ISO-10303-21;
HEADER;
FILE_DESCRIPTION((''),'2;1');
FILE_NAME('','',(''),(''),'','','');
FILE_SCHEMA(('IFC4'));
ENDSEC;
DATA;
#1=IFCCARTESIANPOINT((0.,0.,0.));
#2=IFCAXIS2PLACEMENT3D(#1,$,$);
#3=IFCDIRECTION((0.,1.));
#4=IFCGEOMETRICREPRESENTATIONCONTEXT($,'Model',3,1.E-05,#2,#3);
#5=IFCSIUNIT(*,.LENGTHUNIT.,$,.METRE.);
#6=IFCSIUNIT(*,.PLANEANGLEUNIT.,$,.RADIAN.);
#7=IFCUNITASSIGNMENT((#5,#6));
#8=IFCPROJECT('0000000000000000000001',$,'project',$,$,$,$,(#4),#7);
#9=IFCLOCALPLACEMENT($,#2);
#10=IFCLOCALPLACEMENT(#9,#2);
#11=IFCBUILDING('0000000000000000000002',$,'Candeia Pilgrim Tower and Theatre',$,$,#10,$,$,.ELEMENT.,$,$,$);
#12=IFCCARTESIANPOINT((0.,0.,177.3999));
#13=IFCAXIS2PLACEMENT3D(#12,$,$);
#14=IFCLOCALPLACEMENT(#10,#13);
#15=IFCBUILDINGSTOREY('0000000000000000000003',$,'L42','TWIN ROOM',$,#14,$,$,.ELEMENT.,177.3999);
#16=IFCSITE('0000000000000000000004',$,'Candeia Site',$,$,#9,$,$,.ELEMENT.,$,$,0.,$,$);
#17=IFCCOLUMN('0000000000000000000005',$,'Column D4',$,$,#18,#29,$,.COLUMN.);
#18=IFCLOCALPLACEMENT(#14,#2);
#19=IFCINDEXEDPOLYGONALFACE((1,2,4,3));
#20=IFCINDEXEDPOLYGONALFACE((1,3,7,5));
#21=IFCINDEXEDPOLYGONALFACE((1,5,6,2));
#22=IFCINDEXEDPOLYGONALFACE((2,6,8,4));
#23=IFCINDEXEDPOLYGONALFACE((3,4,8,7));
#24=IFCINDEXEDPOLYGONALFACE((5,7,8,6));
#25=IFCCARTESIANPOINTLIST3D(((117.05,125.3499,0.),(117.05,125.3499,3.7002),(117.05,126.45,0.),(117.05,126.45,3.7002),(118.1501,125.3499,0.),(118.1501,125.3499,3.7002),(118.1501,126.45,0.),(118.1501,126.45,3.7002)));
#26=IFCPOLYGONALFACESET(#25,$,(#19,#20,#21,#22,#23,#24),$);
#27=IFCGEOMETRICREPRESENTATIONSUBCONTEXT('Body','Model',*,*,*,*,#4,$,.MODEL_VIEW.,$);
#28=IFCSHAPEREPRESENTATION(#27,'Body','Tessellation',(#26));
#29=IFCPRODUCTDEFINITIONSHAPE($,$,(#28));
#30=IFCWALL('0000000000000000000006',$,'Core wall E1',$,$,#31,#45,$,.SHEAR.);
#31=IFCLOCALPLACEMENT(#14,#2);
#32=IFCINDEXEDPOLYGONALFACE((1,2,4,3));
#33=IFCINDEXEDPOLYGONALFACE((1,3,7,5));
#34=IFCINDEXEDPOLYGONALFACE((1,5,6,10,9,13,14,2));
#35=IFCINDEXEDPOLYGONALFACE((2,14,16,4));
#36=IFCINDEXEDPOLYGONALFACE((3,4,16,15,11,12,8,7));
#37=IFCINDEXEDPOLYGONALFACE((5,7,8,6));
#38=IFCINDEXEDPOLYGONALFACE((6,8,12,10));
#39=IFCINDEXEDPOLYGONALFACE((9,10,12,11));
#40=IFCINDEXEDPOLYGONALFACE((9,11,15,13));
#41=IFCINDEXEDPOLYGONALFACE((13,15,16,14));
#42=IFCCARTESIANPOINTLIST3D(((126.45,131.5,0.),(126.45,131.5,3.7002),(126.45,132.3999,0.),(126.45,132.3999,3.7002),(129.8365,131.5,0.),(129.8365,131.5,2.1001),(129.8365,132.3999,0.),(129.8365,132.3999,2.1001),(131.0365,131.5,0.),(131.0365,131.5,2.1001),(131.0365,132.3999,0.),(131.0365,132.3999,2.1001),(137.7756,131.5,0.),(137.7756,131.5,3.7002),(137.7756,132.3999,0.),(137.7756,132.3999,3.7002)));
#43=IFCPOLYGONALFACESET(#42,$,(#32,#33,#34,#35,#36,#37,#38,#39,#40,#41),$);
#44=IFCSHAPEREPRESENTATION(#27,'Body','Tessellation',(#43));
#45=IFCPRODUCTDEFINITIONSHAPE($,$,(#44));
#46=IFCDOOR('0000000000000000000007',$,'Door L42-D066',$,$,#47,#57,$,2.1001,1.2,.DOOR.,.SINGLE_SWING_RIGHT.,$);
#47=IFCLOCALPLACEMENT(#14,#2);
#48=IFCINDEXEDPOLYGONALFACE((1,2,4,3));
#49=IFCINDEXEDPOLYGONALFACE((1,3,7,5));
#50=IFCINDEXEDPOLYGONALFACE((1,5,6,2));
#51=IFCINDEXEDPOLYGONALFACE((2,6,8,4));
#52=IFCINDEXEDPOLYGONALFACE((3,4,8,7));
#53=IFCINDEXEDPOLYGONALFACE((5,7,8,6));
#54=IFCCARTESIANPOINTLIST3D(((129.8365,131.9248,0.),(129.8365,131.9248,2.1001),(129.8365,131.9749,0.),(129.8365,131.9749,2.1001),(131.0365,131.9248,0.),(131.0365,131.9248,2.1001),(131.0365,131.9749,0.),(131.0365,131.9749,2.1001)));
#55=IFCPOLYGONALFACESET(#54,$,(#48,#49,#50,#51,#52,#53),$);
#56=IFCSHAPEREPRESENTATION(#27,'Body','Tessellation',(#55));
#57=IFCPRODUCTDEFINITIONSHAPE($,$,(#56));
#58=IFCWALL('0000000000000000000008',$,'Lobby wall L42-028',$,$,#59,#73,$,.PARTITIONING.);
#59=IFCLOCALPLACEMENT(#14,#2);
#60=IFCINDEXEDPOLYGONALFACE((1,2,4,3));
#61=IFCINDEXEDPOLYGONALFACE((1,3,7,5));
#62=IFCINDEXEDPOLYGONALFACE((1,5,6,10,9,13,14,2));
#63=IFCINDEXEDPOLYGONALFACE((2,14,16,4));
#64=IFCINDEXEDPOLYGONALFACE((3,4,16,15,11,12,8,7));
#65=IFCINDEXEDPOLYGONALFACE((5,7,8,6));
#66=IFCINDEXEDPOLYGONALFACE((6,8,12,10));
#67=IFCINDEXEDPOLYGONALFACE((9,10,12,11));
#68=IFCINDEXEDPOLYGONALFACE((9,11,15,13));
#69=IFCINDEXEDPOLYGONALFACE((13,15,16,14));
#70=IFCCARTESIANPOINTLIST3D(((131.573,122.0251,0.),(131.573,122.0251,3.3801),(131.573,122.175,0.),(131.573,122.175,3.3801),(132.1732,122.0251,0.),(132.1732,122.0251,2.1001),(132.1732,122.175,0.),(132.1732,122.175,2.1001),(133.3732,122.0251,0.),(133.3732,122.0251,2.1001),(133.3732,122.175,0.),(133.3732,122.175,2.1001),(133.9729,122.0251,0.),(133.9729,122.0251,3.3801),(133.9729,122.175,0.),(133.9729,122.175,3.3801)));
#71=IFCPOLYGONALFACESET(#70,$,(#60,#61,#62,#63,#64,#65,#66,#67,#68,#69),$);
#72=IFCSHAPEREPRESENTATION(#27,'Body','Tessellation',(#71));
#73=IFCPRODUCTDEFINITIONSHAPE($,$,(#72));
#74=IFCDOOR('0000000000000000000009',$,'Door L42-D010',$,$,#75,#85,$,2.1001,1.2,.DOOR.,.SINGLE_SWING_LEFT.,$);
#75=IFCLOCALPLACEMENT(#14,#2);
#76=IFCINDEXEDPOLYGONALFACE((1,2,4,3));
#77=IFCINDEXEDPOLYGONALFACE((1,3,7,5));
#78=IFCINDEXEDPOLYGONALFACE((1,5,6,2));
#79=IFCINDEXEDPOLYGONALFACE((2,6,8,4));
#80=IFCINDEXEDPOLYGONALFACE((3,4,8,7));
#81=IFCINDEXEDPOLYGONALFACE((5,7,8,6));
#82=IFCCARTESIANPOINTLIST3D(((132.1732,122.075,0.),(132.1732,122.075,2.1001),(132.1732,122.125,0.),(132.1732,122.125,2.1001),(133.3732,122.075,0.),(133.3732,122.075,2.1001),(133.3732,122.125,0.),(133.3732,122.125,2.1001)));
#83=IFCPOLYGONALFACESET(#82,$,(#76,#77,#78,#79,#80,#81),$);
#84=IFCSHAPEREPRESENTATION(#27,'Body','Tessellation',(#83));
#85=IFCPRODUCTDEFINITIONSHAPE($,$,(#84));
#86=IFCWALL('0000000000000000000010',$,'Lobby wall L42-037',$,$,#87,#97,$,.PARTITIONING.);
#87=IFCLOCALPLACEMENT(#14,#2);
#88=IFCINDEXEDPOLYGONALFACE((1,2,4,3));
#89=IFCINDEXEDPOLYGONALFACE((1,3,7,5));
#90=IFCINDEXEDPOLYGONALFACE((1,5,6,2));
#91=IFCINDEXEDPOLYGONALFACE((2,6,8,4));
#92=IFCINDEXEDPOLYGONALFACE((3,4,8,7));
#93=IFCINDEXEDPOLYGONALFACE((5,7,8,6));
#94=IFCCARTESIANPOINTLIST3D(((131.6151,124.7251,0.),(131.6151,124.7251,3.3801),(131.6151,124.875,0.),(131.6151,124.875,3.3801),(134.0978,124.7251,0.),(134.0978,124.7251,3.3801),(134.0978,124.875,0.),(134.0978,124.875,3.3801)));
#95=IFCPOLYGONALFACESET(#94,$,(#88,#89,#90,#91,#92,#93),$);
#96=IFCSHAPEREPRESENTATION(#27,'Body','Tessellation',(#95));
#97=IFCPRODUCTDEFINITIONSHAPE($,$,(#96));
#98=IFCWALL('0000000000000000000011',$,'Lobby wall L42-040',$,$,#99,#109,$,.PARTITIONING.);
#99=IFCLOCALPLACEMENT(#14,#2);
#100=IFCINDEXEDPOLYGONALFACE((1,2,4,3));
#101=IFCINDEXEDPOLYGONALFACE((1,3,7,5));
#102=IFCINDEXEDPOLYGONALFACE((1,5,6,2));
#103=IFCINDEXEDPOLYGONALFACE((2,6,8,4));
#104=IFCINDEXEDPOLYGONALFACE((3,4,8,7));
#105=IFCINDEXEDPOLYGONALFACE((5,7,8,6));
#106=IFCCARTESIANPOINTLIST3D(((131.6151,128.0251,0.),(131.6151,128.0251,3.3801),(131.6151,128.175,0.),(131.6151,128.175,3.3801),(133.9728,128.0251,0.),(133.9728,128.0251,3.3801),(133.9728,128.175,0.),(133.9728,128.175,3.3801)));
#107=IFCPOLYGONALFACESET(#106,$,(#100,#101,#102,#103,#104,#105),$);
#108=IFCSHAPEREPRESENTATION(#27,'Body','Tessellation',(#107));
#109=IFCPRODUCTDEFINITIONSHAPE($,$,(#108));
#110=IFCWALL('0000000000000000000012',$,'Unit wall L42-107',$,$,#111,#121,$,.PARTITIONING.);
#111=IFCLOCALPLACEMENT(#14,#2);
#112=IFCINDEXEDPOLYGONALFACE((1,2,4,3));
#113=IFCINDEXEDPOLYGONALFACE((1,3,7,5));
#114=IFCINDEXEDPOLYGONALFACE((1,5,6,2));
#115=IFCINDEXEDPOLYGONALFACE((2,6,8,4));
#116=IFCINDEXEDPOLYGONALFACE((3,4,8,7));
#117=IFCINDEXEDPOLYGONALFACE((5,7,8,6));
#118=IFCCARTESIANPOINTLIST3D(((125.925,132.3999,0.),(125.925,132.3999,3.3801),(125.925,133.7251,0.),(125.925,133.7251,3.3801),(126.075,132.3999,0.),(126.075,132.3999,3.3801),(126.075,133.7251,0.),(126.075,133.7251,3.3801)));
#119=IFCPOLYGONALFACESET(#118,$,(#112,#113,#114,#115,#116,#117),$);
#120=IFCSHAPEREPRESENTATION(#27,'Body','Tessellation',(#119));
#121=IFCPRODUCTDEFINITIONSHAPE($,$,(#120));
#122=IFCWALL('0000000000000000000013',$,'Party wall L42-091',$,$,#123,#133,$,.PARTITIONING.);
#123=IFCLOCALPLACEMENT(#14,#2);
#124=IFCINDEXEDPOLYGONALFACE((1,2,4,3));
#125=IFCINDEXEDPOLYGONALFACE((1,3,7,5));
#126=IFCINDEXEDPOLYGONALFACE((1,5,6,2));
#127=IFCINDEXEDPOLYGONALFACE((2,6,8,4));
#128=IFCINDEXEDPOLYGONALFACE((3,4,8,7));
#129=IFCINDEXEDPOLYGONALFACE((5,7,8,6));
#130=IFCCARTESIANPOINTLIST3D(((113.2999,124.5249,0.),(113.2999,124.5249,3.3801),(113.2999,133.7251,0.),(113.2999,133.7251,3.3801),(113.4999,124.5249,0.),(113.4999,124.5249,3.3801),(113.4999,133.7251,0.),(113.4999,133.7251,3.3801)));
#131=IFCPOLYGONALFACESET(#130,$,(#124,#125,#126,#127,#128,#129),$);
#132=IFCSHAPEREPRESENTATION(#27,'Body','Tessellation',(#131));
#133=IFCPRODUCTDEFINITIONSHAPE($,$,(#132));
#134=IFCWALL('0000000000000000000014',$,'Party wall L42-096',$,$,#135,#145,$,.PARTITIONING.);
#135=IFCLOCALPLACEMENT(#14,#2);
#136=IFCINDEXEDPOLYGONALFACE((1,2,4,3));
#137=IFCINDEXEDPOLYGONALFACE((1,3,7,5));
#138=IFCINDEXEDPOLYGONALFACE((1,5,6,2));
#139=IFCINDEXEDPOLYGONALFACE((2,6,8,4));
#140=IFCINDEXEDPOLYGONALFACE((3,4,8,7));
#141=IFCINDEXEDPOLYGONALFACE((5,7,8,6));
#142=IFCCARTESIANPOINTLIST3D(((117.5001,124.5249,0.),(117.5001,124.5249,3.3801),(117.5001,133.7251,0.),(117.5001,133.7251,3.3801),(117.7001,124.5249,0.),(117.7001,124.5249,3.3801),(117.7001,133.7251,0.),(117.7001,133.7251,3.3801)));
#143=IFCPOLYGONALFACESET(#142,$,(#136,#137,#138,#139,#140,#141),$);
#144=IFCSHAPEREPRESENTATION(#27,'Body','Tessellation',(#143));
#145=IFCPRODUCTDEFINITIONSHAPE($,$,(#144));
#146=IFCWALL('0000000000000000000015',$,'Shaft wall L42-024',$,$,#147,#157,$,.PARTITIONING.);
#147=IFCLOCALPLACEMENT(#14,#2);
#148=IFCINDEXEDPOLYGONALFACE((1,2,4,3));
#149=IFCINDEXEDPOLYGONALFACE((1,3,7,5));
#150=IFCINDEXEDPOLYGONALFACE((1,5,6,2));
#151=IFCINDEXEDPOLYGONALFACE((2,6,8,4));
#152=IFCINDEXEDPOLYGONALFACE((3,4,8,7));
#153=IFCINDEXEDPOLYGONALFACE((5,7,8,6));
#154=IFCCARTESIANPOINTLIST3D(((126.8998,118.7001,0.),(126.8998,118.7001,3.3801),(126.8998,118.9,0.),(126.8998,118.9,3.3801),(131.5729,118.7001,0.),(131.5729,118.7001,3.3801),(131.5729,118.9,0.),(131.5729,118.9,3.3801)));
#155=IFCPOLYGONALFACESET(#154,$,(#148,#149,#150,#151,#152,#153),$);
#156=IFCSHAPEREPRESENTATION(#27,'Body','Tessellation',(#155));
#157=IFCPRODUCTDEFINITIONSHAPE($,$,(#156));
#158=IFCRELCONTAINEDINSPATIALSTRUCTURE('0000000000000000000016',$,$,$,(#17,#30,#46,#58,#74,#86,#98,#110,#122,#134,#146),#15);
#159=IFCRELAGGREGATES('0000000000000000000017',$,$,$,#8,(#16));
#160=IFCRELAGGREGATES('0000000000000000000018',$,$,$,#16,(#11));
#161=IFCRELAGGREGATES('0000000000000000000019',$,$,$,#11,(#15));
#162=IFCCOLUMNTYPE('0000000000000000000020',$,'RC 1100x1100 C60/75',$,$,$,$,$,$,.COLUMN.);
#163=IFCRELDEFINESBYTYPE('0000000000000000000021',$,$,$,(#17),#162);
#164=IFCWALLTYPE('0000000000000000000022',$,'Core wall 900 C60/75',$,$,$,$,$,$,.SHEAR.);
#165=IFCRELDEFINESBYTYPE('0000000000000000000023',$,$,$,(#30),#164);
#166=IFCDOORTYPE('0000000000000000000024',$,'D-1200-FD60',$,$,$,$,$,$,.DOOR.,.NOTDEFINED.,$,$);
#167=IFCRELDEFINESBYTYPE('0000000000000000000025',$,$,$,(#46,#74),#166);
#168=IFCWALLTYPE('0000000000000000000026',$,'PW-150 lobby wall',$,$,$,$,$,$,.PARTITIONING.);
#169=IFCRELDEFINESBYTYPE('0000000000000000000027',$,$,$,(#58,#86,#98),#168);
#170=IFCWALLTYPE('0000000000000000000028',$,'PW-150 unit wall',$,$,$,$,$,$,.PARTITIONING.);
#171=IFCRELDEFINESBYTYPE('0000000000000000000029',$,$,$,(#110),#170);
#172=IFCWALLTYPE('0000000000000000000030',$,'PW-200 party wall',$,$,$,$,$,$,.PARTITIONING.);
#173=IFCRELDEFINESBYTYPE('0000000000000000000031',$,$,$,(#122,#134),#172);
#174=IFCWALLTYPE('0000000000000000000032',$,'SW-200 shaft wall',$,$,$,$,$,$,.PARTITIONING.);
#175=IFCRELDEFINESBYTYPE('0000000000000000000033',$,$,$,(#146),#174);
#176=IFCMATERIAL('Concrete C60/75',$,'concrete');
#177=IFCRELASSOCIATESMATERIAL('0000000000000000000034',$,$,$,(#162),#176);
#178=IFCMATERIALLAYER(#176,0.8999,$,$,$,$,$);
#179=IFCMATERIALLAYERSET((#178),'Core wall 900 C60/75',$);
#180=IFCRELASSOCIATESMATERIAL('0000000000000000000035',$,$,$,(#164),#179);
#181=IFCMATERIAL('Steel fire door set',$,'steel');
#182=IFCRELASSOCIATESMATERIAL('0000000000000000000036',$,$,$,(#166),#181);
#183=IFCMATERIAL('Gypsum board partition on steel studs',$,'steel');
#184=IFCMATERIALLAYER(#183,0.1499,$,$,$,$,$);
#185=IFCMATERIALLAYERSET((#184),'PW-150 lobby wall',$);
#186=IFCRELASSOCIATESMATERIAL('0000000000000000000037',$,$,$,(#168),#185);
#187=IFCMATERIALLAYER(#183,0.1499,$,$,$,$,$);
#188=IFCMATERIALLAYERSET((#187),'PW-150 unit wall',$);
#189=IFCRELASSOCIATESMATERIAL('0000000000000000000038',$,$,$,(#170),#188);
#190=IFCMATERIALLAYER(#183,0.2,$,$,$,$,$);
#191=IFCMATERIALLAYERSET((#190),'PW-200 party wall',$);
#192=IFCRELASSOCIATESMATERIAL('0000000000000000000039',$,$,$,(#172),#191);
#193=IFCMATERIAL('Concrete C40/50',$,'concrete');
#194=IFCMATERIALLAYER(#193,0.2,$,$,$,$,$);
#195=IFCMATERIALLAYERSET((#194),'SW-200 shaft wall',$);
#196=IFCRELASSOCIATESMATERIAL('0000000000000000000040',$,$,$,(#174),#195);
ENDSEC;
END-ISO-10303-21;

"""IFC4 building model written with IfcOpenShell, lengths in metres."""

from ifc_helpers import new_model, si_unit, direction, frame, frame_2d, origin, origin_2d, place, context, subcontext, project, spatial, rectangle, extrude, material, layer, layer_set, material_profile, profile_set, type_object, element, fill, save


model = new_model("IFC4")

# Units and contexts
model_context = context("Model", 3, precision=1e-05, world=origin(), true_north=direction((0.0, 1.0)))
body_context = subcontext(model_context, "Body", "Model", "MODEL_VIEW")
ifc_project = project(units=[si_unit("LENGTHUNIT", "METRE"), si_unit("PLANEANGLEUNIT", "RADIAN")], contexts=[model_context])

# Site, building, storey
site_placement = place(None, origin())
site = spatial("IfcSite", under=ifc_project, at=site_placement, Name="Candeia Site", CompositionType="ELEMENT", RefElevation=0.0)
building_placement = place(site_placement, origin())
building = spatial("IfcBuilding", under=site, at=building_placement, Name="Candeia Pilgrim Tower and Theatre", CompositionType="ELEMENT")
storey_placement = place(building_placement, frame((0.0, 0.0, 177.3999)))
storey = spatial("IfcBuildingStorey", under=building, at=storey_placement, Name="L42", Description="TWIN ROOM", CompositionType="ELEMENT", Elevation=177.3999)

# Column
ifc_material_1 = material(Name="Concrete C60/75", Category="concrete")
ifc_material_profile = material_profile(ifc_material_1, rectangle(XDim=1.1001, YDim=1.1001, at=origin_2d()))
ifc_profile_set = profile_set([ifc_material_profile], Name="Concrete C60/75")
column_type = type_object("IfcColumnType", Name="RC 1100x1100 C60/75", PredefinedType="COLUMN", material=ifc_profile_set)
column_placement = place(storey_placement, frame((117.6001, 125.8999, 0.0), z_axis=(0.0, 0.0, 1.0), x_axis=(1.0, 0.0, 0.0)))
element("IfcColumn", 1, at=column_placement, inside=storey, type_object=column_type, Name="Column D4", PredefinedType="COLUMN", context=body_context, shape_type="SweptSolid", body=[
    extrude(rectangle(XDim=1.1001, YDim=1.1001, at=origin_2d()), origin(), (0.0, 0.0, 1.0), 3.7002),
])

# Walls, openings, doors
ifc_layer_1 = layer(ifc_material_1, 0.8999)
ifc_layer_set_1 = layer_set([ifc_layer_1], Name="Core wall 900 C60/75")
wall_type_1 = type_object("IfcWallType", Name="Core wall 900 C60/75", PredefinedType="SHEAR", material=ifc_layer_set_1)
wall_1_placement = place(storey_placement, frame((126.45, 131.95, 0.0), z_axis=(0.0, 0.0, 1.0), x_axis=(1.0, 0.0, 0.0)))
wall_1 = element("IfcWall", 2, at=wall_1_placement, inside=storey, type_object=wall_type_1, Name="Core wall E1", PredefinedType="SHEAR", context=body_context, shape_type="SweptSolid", body=[
    extrude(rectangle(XDim=11.3257, YDim=0.8999, at=frame_2d((5.6628, 0.0))), origin(), (0.0, 0.0, 1.0), 3.7002),
])
opening_1_placement = place(wall_1_placement, frame((3.3865, 0.0, 0.0)))
opening_1 = element("IfcOpeningElement", 3, at=opening_1_placement, cuts=wall_1, PredefinedType="OPENING", context=body_context, shape_type="SweptSolid", body=[
    extrude(rectangle(XDim=1.2, YDim=2.1001, at=frame_2d((0.6001, 1.05))), frame((0.0, 0.46, 0.0), z_axis=(0.0, -1.0, 0.0), x_axis=(1.0, 0.0, 0.0)), (0.0, 0.0, 1.0), 0.9199),
])
ifc_material_2 = material(Name="Steel fire door set", Category="steel")
door_type_1 = type_object("IfcDoorType", Name="D-1200-FD60", OperationType="NOTDEFINED", PredefinedType="DOOR", material=ifc_material_2)
door_1_placement = place(opening_1_placement, origin())
door_1 = element("IfcDoor", 4, at=door_1_placement, inside=storey, type_object=door_type_1, Name="Door L42-D066", OperationType="SINGLE_SWING_RIGHT", OverallHeight=2.1001, OverallWidth=1.2, PredefinedType="DOOR", context=body_context, shape_type="SweptSolid", body=[
    extrude(rectangle(XDim=1.2, YDim=2.1001, at=frame_2d((0.6001, 1.05))), frame((0.0, 0.0249, 0.0), z_axis=(0.0, -1.0, 0.0), x_axis=(1.0, 0.0, 0.0)), (0.0, 0.0, 1.0), 0.05),
])
fill(opening_1, door_1)
ifc_material_3 = material(Name="Gypsum board partition on steel studs", Category="steel")
ifc_layer_2 = layer(ifc_material_3, 0.1499)
ifc_layer_set_2 = layer_set([ifc_layer_2], Name="PW-150 lobby wall")
wall_type_2 = type_object("IfcWallType", Name="PW-150 lobby wall", PredefinedType="PARTITIONING", material=ifc_layer_set_2)
wall_2_placement = place(storey_placement, frame((131.573, 122.1001, 0.0), z_axis=(0.0, 0.0, 1.0), x_axis=(1.0, 0.0, 0.0)))
wall_2 = element("IfcWall", 5, at=wall_2_placement, inside=storey, type_object=wall_type_2, Name="Lobby wall L42-028", PredefinedType="PARTITIONING", context=body_context, shape_type="SweptSolid", body=[
    extrude(rectangle(XDim=2.3999, YDim=0.1499, at=frame_2d((1.2, 0.0))), origin(), (0.0, 0.0, 1.0), 3.3801),
])
opening_2_placement = place(wall_2_placement, frame((0.6001, 0.0, 0.0)))
opening_2 = element("IfcOpeningElement", 6, at=opening_2_placement, cuts=wall_2, PredefinedType="OPENING", context=body_context, shape_type="SweptSolid", body=[
    extrude(rectangle(XDim=1.2, YDim=2.1001, at=frame_2d((0.6001, 1.05))), frame((0.0, 0.085, 0.0), z_axis=(0.0, -1.0, 0.0), x_axis=(1.0, 0.0, 0.0)), (0.0, 0.0, 1.0), 0.1699),
])
door_2_placement = place(opening_2_placement, origin())
door_2 = element("IfcDoor", 7, at=door_2_placement, inside=storey, type_object=door_type_1, Name="Door L42-D010", OperationType="SINGLE_SWING_LEFT", OverallHeight=2.1001, OverallWidth=1.2, PredefinedType="DOOR", context=body_context, shape_type="SweptSolid", body=[
    extrude(rectangle(XDim=1.2, YDim=2.1001, at=frame_2d((0.6001, 1.05))), frame((0.0, 0.0249, 0.0), z_axis=(0.0, -1.0, 0.0), x_axis=(1.0, 0.0, 0.0)), (0.0, 0.0, 1.0), 0.05),
])
fill(opening_2, door_2)

# Walls
wall_3_placement = place(storey_placement, frame((131.6152, 124.8, 0.0), z_axis=(0.0, 0.0, 1.0), x_axis=(1.0, 0.0, 0.0)))
element("IfcWall", 8, at=wall_3_placement, inside=storey, type_object=wall_type_2, Name="Lobby wall L42-037", PredefinedType="PARTITIONING", context=body_context, shape_type="SweptSolid", body=[
    extrude(rectangle(XDim=2.4827, YDim=0.1499, at=frame_2d((1.2412, 0.0))), origin(), (0.0, 0.0, 1.0), 3.3801),
])
wall_4_placement = place(storey_placement, frame((131.6152, 128.1001, 0.0), z_axis=(0.0, 0.0, 1.0), x_axis=(1.0, 0.0, 0.0)))
element("IfcWall", 9, at=wall_4_placement, inside=storey, type_object=wall_type_2, Name="Lobby wall L42-040", PredefinedType="PARTITIONING", context=body_context, shape_type="SweptSolid", body=[
    extrude(rectangle(XDim=2.3577, YDim=0.1499, at=frame_2d((1.1787, 0.0))), origin(), (0.0, 0.0, 1.0), 3.3801),
])
ifc_layer_3 = layer(ifc_material_3, 0.1499)
ifc_layer_set_3 = layer_set([ifc_layer_3], Name="PW-150 unit wall")
wall_type_3 = type_object("IfcWallType", Name="PW-150 unit wall", PredefinedType="PARTITIONING", material=ifc_layer_set_3)
wall_5_placement = place(storey_placement, frame((126.0, 132.3999, 0.0), z_axis=(0.0, 0.0, 1.0), x_axis=(0.0, 1.0, 0.0)))
element("IfcWall", 10, at=wall_5_placement, inside=storey, type_object=wall_type_3, Name="Unit wall L42-107", PredefinedType="PARTITIONING", context=body_context, shape_type="SweptSolid", body=[
    extrude(rectangle(XDim=1.3252, YDim=0.1499, at=frame_2d((0.6626, 0.0))), origin(), (0.0, 0.0, 1.0), 3.3801),
])
ifc_layer_4 = layer(ifc_material_3, 0.2)
ifc_layer_set_4 = layer_set([ifc_layer_4], Name="PW-200 party wall")
wall_type_4 = type_object("IfcWallType", Name="PW-200 party wall", PredefinedType="PARTITIONING", material=ifc_layer_set_4)
for number, where, z_axis, x_axis, name in (
    (11, (113.3999, 124.5249, 0.0), (0.0, 0.0, 1.0), (0.0, 1.0, 0.0), "Party wall L42-091"),
    (12, (117.6001, 124.5249, 0.0), (0.0, 0.0, 1.0), (0.0, 1.0, 0.0), "Party wall L42-096"),
):
    element("IfcWall", number, at=place(storey_placement, frame(where, z_axis=z_axis, x_axis=x_axis)), inside=storey, type_object=wall_type_4, Name=name, PredefinedType="PARTITIONING", context=body_context, shape_type="SweptSolid", body=[
        extrude(rectangle(XDim=9.2002, YDim=0.2, at=frame_2d((4.6001, 0.0))), origin(), (0.0, 0.0, 1.0), 3.3801),
    ])
ifc_material_4 = material(Name="Concrete C40/50", Category="concrete")
ifc_layer_5 = layer(ifc_material_4, 0.2)
ifc_layer_set_5 = layer_set([ifc_layer_5], Name="SW-200 shaft wall")
wall_type_5 = type_object("IfcWallType", Name="SW-200 shaft wall", PredefinedType="PARTITIONING", material=ifc_layer_set_5)
wall_6_placement = place(storey_placement, frame((126.8999, 118.8, 0.0), z_axis=(0.0, 0.0, 1.0), x_axis=(1.0, 0.0, 0.0)))
element("IfcWall", 13, at=wall_6_placement, inside=storey, type_object=wall_type_5, Name="Shaft wall L42-024", PredefinedType="PARTITIONING", context=body_context, shape_type="SweptSolid", body=[
    extrude(rectangle(XDim=4.6731, YDim=0.2, at=frame_2d((2.3364, 0.0))), origin(), (0.0, 0.0, 1.0), 3.3801),
])

save(model, "model.ifc")
